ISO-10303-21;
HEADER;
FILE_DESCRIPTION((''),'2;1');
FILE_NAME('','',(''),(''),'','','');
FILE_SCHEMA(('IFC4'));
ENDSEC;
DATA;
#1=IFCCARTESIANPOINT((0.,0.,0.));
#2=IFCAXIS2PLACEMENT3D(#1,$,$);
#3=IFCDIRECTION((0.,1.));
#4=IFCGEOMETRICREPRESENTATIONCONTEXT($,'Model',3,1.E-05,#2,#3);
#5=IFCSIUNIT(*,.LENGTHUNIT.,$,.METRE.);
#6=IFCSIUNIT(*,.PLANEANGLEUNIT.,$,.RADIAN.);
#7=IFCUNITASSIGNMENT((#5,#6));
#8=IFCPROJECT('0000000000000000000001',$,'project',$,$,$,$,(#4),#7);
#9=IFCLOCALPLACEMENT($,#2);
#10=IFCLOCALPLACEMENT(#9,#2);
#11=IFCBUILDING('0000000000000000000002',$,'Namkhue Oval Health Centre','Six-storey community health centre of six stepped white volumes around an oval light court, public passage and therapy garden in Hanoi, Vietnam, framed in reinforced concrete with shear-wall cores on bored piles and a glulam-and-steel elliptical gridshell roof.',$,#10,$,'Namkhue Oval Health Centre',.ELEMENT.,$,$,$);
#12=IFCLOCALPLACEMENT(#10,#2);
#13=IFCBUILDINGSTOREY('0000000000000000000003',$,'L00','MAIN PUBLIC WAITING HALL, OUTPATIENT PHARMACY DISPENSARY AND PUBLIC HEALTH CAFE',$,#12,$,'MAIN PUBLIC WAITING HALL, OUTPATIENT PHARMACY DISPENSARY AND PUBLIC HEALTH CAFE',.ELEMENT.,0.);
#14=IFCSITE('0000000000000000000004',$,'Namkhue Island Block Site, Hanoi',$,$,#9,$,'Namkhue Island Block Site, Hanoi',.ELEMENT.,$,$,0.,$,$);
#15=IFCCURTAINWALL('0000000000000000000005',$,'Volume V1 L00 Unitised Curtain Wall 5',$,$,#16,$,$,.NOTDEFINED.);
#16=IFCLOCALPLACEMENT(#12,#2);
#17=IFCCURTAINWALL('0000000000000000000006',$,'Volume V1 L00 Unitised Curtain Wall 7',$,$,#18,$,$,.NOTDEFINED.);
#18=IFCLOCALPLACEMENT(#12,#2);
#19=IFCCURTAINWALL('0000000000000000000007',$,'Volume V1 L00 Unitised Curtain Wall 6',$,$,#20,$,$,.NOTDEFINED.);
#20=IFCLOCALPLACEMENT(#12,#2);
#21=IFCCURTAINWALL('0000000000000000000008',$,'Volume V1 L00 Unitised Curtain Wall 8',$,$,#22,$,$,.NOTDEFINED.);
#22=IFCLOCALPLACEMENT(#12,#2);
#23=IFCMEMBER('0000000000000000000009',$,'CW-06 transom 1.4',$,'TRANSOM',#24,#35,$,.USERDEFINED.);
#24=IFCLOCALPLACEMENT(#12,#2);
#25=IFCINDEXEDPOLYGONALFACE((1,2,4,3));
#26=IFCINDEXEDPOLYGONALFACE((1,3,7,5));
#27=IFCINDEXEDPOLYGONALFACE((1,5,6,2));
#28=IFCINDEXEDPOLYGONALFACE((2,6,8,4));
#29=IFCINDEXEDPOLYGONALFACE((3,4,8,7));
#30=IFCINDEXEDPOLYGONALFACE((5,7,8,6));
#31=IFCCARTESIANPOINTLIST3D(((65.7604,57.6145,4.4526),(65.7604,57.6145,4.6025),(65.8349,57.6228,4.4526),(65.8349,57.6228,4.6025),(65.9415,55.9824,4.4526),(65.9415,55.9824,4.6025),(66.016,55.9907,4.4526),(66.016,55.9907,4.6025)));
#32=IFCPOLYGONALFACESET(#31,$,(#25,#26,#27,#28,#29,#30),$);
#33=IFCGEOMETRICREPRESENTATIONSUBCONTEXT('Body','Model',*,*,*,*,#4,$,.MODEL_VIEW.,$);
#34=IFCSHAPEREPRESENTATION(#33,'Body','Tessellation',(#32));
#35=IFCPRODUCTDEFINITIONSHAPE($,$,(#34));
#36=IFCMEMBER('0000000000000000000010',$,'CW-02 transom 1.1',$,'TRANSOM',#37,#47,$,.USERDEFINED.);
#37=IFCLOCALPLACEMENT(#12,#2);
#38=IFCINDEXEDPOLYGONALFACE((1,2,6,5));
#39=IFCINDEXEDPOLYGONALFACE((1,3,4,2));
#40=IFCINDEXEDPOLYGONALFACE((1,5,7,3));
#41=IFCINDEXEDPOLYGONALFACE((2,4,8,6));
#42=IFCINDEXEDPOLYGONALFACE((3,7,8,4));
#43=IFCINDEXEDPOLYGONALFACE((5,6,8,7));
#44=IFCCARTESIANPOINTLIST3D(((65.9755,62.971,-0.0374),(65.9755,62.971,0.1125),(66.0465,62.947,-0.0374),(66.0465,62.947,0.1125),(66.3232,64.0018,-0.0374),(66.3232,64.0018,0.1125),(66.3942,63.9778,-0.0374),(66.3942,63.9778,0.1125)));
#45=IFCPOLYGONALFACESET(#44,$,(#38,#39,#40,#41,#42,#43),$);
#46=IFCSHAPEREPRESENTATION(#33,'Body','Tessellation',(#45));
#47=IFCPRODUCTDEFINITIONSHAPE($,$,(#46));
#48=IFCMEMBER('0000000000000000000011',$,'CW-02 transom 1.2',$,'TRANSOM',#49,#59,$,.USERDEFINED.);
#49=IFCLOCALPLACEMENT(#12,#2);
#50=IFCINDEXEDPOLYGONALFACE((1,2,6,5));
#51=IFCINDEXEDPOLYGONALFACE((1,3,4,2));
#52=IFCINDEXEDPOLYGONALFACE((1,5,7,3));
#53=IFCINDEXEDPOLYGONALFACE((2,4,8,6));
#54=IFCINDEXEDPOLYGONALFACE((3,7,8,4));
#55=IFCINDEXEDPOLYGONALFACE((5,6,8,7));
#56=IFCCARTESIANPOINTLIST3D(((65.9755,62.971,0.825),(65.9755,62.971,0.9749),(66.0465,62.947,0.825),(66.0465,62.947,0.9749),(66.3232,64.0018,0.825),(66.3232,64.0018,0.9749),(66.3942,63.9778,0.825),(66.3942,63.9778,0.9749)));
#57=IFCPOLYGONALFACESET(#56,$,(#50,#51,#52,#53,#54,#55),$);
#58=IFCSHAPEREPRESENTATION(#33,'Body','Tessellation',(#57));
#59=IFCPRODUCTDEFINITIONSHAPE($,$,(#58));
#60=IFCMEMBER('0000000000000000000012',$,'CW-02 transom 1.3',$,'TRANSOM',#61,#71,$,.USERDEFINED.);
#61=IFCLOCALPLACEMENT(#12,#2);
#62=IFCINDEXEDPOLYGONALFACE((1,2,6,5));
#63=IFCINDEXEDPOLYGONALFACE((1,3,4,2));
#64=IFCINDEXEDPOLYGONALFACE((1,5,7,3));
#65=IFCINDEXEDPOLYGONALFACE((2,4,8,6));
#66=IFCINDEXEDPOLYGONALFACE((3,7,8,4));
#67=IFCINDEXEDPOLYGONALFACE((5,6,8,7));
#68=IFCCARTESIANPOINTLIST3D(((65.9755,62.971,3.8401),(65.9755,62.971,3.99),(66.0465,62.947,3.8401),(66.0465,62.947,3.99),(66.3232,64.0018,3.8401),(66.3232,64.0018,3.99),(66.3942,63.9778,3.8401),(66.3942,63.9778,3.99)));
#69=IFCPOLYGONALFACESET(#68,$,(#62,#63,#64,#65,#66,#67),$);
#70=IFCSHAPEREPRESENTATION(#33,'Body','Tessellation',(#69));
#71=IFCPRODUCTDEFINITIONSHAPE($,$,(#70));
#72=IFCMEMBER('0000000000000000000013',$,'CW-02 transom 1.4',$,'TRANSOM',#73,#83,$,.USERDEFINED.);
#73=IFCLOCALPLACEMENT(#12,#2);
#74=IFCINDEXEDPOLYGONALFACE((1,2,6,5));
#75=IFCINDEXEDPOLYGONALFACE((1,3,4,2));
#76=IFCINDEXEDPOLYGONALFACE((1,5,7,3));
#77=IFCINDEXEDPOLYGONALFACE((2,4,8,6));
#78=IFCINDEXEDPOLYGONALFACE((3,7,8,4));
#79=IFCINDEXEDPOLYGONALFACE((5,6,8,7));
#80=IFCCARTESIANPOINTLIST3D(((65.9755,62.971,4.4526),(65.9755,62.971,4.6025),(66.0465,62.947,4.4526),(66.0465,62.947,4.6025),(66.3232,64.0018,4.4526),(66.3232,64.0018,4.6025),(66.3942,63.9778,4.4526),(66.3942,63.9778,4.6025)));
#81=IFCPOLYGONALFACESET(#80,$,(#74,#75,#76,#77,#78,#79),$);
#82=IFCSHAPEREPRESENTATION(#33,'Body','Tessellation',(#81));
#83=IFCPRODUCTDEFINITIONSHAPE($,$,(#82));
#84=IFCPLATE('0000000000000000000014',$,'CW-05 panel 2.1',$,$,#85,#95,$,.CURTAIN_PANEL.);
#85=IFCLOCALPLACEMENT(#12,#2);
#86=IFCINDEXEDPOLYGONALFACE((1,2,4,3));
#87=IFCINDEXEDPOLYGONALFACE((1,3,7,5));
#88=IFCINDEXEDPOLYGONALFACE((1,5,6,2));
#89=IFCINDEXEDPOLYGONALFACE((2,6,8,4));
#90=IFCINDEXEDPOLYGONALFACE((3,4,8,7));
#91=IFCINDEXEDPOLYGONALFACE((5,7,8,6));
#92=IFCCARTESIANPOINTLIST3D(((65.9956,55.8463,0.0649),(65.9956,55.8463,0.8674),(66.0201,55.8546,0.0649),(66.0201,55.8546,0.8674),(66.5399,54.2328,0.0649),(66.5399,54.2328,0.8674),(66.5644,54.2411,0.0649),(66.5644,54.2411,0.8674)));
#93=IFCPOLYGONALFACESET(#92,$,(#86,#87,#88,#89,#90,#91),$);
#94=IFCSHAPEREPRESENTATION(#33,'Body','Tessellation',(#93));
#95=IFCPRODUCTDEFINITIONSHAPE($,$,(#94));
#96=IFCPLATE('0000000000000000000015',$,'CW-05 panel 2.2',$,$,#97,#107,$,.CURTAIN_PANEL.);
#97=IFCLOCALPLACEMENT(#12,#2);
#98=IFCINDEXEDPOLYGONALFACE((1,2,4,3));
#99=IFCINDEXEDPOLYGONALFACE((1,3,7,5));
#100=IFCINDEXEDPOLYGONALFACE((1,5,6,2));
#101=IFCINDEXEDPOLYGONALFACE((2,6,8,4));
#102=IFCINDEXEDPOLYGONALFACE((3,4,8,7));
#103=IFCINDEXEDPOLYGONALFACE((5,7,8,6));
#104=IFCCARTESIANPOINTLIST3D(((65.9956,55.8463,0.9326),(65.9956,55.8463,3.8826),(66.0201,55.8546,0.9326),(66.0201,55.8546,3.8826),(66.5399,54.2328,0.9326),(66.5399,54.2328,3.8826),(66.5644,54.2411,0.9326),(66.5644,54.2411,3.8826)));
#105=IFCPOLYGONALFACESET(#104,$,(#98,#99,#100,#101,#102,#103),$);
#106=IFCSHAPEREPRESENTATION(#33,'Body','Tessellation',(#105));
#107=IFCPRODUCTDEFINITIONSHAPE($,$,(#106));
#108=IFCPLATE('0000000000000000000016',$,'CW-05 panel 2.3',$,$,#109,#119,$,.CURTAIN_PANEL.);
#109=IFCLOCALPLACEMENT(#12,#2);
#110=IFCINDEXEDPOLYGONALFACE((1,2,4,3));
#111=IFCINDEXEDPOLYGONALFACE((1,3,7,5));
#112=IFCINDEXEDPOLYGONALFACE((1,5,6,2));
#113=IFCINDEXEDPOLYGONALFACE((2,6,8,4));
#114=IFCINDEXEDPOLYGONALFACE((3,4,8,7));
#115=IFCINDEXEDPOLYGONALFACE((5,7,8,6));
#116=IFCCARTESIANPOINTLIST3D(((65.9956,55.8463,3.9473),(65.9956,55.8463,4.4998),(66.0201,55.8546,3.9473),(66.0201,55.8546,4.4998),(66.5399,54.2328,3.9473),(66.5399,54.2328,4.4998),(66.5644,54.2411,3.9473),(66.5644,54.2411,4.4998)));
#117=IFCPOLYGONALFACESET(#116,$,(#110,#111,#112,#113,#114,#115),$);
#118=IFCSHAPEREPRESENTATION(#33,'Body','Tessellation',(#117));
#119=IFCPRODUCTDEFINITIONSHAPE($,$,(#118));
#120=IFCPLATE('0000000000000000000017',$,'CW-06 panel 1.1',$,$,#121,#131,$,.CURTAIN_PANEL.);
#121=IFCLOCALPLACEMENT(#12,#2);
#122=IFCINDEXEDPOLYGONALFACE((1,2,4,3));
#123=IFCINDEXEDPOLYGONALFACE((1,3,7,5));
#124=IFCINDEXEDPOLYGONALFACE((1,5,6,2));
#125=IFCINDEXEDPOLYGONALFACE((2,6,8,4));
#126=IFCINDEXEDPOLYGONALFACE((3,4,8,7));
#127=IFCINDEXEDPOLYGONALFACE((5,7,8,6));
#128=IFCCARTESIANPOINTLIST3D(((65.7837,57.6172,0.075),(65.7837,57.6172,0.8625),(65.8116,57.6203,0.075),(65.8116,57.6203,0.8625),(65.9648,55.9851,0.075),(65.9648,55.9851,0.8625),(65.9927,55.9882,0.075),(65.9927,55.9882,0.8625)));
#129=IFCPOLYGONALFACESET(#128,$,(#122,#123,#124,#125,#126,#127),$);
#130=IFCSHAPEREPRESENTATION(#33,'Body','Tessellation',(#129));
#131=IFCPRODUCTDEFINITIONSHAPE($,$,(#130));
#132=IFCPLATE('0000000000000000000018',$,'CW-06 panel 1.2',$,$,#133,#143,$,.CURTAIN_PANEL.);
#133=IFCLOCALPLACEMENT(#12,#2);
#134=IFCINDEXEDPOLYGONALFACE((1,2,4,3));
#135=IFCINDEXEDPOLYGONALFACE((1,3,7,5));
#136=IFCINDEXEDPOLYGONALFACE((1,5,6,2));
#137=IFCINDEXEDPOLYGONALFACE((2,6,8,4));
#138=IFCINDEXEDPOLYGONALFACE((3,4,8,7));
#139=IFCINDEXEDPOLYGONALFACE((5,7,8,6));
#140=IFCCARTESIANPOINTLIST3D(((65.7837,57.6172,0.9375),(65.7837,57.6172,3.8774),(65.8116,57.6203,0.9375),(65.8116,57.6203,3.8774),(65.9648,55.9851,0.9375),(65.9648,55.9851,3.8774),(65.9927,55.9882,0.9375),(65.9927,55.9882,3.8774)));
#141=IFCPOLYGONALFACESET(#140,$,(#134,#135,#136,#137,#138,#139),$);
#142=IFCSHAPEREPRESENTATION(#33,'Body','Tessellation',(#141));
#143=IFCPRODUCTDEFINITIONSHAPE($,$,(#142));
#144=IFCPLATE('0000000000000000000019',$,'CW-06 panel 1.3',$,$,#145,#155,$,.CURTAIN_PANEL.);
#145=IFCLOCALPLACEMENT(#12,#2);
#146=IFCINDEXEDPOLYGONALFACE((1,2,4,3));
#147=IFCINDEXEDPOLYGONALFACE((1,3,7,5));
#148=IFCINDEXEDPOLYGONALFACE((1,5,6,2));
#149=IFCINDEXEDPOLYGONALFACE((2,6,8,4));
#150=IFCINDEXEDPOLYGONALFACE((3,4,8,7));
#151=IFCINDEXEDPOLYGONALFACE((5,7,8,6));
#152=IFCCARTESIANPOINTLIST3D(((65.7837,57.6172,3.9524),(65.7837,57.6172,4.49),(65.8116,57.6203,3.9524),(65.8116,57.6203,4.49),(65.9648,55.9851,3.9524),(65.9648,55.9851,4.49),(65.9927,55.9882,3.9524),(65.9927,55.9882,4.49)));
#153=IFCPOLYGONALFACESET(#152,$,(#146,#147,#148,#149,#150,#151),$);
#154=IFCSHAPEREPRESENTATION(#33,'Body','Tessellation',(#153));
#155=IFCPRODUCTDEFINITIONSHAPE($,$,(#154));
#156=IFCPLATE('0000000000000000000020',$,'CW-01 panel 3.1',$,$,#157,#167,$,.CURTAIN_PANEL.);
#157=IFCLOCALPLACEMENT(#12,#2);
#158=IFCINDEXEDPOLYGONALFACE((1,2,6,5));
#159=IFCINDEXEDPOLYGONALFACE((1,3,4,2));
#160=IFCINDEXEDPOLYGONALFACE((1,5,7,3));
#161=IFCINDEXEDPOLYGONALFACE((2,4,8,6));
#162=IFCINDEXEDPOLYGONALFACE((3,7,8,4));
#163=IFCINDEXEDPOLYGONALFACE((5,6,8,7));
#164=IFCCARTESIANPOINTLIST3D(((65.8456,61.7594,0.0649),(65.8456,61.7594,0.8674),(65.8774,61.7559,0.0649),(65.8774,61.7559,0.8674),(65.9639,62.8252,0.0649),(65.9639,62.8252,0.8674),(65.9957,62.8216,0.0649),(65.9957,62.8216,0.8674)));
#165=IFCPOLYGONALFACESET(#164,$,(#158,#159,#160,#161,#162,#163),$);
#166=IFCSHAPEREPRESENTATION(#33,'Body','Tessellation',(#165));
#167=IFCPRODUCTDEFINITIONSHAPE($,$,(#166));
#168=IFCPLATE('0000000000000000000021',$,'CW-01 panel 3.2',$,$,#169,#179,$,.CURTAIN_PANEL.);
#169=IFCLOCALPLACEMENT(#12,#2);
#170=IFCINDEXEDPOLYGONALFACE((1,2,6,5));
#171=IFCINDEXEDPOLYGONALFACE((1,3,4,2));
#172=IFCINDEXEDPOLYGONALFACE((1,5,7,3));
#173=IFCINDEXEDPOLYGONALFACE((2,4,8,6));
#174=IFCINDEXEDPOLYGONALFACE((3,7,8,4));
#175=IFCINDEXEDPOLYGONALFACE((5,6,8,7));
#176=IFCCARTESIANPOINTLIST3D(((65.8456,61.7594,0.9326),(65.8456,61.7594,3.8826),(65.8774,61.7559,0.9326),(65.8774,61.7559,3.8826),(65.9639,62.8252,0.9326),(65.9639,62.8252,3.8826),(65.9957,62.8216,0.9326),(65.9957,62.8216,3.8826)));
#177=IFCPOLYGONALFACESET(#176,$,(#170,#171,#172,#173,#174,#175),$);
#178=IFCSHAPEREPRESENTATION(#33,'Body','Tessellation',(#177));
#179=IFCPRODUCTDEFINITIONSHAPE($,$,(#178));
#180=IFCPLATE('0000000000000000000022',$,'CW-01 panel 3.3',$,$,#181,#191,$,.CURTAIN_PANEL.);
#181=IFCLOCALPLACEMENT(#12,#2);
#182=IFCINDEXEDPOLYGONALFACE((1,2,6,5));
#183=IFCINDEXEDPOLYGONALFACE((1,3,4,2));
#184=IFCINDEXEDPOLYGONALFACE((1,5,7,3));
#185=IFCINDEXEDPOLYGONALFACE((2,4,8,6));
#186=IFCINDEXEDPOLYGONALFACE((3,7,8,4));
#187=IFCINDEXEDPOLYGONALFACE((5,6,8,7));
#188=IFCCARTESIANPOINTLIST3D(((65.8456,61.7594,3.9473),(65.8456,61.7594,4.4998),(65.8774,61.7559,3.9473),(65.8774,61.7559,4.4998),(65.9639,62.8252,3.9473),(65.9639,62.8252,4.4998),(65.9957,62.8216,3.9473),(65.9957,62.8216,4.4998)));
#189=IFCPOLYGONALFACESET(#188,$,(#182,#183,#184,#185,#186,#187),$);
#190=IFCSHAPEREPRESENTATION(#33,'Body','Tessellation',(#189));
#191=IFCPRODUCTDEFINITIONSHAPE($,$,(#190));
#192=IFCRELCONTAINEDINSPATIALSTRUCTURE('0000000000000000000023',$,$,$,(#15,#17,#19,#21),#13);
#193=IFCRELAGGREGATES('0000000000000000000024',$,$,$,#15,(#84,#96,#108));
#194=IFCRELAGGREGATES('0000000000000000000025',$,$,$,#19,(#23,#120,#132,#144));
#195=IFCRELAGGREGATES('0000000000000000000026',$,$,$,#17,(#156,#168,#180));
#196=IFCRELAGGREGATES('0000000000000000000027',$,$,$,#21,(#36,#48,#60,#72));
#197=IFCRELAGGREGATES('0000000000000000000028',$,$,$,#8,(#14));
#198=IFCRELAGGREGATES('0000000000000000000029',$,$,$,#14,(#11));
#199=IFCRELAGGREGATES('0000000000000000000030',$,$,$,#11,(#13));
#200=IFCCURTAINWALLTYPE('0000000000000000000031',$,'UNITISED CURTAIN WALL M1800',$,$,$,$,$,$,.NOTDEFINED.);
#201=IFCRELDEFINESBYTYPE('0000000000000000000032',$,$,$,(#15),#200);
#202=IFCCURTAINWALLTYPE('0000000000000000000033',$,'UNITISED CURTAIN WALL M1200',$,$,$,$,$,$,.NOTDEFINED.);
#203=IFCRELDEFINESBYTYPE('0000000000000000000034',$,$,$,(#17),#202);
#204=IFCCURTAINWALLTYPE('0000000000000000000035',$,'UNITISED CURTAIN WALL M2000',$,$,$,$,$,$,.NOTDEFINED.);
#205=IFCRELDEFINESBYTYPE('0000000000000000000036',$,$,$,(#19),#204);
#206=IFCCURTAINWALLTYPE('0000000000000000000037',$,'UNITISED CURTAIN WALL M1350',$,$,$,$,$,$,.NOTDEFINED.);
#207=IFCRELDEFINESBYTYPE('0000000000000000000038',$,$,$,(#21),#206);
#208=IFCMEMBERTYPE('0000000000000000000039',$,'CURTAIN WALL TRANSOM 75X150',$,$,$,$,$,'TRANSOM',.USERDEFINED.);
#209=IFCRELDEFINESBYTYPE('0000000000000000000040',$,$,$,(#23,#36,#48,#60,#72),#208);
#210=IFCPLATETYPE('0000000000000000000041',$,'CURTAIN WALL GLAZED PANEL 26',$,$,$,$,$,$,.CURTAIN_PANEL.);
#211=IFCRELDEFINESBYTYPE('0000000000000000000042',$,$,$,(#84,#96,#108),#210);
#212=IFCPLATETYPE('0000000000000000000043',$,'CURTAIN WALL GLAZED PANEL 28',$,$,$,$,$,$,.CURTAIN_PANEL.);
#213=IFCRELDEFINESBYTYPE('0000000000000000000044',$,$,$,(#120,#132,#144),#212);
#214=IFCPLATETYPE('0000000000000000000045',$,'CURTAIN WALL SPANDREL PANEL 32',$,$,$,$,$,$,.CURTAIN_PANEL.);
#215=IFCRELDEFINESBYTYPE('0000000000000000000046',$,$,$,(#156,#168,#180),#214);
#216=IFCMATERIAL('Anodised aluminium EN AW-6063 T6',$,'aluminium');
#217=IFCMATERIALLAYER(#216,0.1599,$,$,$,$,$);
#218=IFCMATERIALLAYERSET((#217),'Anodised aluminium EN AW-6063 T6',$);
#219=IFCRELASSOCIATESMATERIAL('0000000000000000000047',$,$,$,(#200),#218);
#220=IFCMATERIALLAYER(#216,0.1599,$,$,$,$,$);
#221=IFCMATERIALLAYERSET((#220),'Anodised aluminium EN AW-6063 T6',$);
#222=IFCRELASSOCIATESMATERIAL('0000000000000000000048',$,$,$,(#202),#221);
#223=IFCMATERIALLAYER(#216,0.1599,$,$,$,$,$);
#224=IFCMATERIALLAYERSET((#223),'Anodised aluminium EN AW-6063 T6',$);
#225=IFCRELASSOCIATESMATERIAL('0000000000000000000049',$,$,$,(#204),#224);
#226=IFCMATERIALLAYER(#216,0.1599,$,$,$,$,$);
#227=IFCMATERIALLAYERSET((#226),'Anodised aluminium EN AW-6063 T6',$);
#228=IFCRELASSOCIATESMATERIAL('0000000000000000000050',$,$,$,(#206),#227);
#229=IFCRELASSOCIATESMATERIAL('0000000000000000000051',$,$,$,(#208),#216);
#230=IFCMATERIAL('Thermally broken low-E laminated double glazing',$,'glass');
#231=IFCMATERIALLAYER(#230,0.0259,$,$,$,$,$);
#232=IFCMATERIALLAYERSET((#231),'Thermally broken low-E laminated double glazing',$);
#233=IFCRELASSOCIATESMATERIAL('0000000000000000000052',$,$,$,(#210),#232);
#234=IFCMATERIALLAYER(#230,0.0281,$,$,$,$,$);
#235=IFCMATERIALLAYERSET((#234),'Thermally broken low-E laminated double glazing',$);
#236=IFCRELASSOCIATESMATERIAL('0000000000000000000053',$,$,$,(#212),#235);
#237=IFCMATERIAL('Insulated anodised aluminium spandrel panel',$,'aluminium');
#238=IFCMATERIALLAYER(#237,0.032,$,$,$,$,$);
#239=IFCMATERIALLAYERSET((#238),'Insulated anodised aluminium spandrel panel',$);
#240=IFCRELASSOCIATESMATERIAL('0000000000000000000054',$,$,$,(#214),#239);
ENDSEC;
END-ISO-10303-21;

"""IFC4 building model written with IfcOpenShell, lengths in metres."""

from ifc_helpers import new_model, si_unit, direction, frame, origin, origin_2d, place, context, subcontext, project, spatial, rectangle, extrude, material, layer, layer_set, material_profile, profile_set, type_object, element, aggregate, save


model = new_model("IFC4")

# Units and contexts
model_context = context("Model", 3, precision=1e-05, world=origin(), true_north=direction((0.0, 1.0)))
body_context = subcontext(model_context, "Body", "Model", "MODEL_VIEW")
ifc_project = project(units=[si_unit("LENGTHUNIT", "METRE"), si_unit("PLANEANGLEUNIT", "RADIAN")], contexts=[model_context])

# Site, building, storey
site_placement = place(None, origin())
site = spatial("IfcSite", under=ifc_project, at=site_placement, Name="Namkhue Island Block Site, Hanoi", LongName="Namkhue Island Block Site, Hanoi", CompositionType="ELEMENT", RefElevation=0.0)
building_placement = place(site_placement, origin())
building = spatial("IfcBuilding", under=site, at=building_placement, Name="Namkhue Oval Health Centre", Description="Six-storey community health centre of six stepped white volumes around an oval light court, public passage and therapy garden in Hanoi, Vietnam, framed in reinforced concrete with shear-wall cores on bored piles and a glulam-and-steel elliptical gridshell roof.", LongName="Namkhue Oval Health Centre", CompositionType="ELEMENT")
storey_placement = place(building_placement, origin())
storey = spatial("IfcBuildingStorey", under=building, at=storey_placement, Name="L00", Description="MAIN PUBLIC WAITING HALL, OUTPATIENT PHARMACY DISPENSARY AND PUBLIC HEALTH CAFE", LongName="MAIN PUBLIC WAITING HALL, OUTPATIENT PHARMACY DISPENSARY AND PUBLIC HEALTH CAFE", CompositionType="ELEMENT", Elevation=0.0)

# Curtain walls
ifc_material_1 = material(Name="Anodised aluminium EN AW-6063 T6", Category="aluminium")
ifc_layer_1 = layer(ifc_material_1, 0.1599)
ifc_layer_set_1 = layer_set([ifc_layer_1], Name="Anodised aluminium EN AW-6063 T6")
curtain_wall_type_1 = type_object("IfcCurtainWallType", Name="UNITISED CURTAIN WALL M1800", PredefinedType="NOTDEFINED", material=ifc_layer_set_1)
curtain_wall_1_placement = place(storey_placement, origin())
curtain_wall_1 = element("IfcCurtainWall", 1, at=curtain_wall_1_placement, inside=storey, type_object=curtain_wall_type_1, Name="Volume V1 L00 Unitised Curtain Wall 5", PredefinedType="NOTDEFINED")
ifc_layer_2 = layer(ifc_material_1, 0.1599)
ifc_layer_set_2 = layer_set([ifc_layer_2], Name="Anodised aluminium EN AW-6063 T6")
curtain_wall_type_2 = type_object("IfcCurtainWallType", Name="UNITISED CURTAIN WALL M1200", PredefinedType="NOTDEFINED", material=ifc_layer_set_2)
curtain_wall_2_placement = place(storey_placement, origin())
curtain_wall_2 = element("IfcCurtainWall", 2, at=curtain_wall_2_placement, inside=storey, type_object=curtain_wall_type_2, Name="Volume V1 L00 Unitised Curtain Wall 7", PredefinedType="NOTDEFINED")
ifc_layer_3 = layer(ifc_material_1, 0.1599)
ifc_layer_set_3 = layer_set([ifc_layer_3], Name="Anodised aluminium EN AW-6063 T6")
curtain_wall_type_3 = type_object("IfcCurtainWallType", Name="UNITISED CURTAIN WALL M2000", PredefinedType="NOTDEFINED", material=ifc_layer_set_3)
curtain_wall_3_placement = place(storey_placement, origin())
curtain_wall_3 = element("IfcCurtainWall", 3, at=curtain_wall_3_placement, inside=storey, type_object=curtain_wall_type_3, Name="Volume V1 L00 Unitised Curtain Wall 6", PredefinedType="NOTDEFINED")
ifc_layer_4 = layer(ifc_material_1, 0.1599)
ifc_layer_set_4 = layer_set([ifc_layer_4], Name="Anodised aluminium EN AW-6063 T6")
curtain_wall_type_4 = type_object("IfcCurtainWallType", Name="UNITISED CURTAIN WALL M1350", PredefinedType="NOTDEFINED", material=ifc_layer_set_4)
curtain_wall_4_placement = place(storey_placement, origin())
curtain_wall_4 = element("IfcCurtainWall", 4, at=curtain_wall_4_placement, inside=storey, type_object=curtain_wall_type_4, Name="Volume V1 L00 Unitised Curtain Wall 8", PredefinedType="NOTDEFINED")

# Members
ifc_material_profile_1 = material_profile(ifc_material_1, rectangle(XDim=0.075, YDim=0.1499, at=origin_2d()), Name="ALU 75x150")
ifc_profile_set_1 = profile_set([ifc_material_profile_1], Name="Anodised aluminium EN AW-6063 T6")
member_type_1 = type_object("IfcMemberType", Name="CURTAIN WALL TRANSOM 75X150", ElementType="TRANSOM", PredefinedType="USERDEFINED", material=ifc_profile_set_1)
member_1_placement = place(storey_placement, frame((65.9788, 55.9866, 4.5276), z_axis=(-0.110317, 0.993896, 0.0), x_axis=(-0.993896, -0.110317, 0.0)))
member_1 = element("IfcMember", 5, at=member_1_placement, type_object=member_type_1, Name="CW-06 transom 1.4", ObjectType="TRANSOM", PredefinedType="USERDEFINED", context=body_context, shape_type="SweptSolid", body=[
    extrude(rectangle(XDim=0.075, YDim=0.1499, at=origin_2d()), origin(), (0.0, 0.0, 1.0), 1.6421),
])
member_2_placement = place(storey_placement, frame((66.011, 62.959, 0.0376), z_axis=(0.319592, 0.947555, 0.0), x_axis=(-0.947555, 0.319592, 0.0)))
member_2 = element("IfcMember", 6, at=member_2_placement, type_object=member_type_1, Name="CW-02 transom 1.1", ObjectType="TRANSOM", PredefinedType="USERDEFINED", context=body_context, shape_type="SweptSolid", body=[
    extrude(rectangle(XDim=0.075, YDim=0.1499, at=origin_2d()), origin(), (0.0, 0.0, 1.0), 1.0879),
])
member_3_placement = place(storey_placement, frame((66.011, 62.959, 0.8999), z_axis=(0.319592, 0.947555, 0.0), x_axis=(-0.947555, 0.319592, 0.0)))
member_3 = element("IfcMember", 7, at=member_3_placement, type_object=member_type_1, Name="CW-02 transom 1.2", ObjectType="TRANSOM", PredefinedType="USERDEFINED", context=body_context, shape_type="SweptSolid", body=[
    extrude(rectangle(XDim=0.075, YDim=0.1499, at=origin_2d()), origin(), (0.0, 0.0, 1.0), 1.0879),
])
member_4_placement = place(storey_placement, frame((66.011, 62.959, 3.915), z_axis=(0.319592, 0.947555, 0.0), x_axis=(-0.947555, 0.319592, 0.0)))
member_4 = element("IfcMember", 8, at=member_4_placement, type_object=member_type_1, Name="CW-02 transom 1.3", ObjectType="TRANSOM", PredefinedType="USERDEFINED", context=body_context, shape_type="SweptSolid", body=[
    extrude(rectangle(XDim=0.075, YDim=0.1499, at=origin_2d()), origin(), (0.0, 0.0, 1.0), 1.0879),
])
member_5_placement = place(storey_placement, frame((66.011, 62.959, 4.5276), z_axis=(0.319592, 0.947555, 0.0), x_axis=(-0.947555, 0.319592, 0.0)))
member_5 = element("IfcMember", 9, at=member_5_placement, type_object=member_type_1, Name="CW-02 transom 1.4", ObjectType="TRANSOM", PredefinedType="USERDEFINED", context=body_context, shape_type="SweptSolid", body=[
    extrude(rectangle(XDim=0.075, YDim=0.1499, at=origin_2d()), origin(), (0.0, 0.0, 1.0), 1.0879),
])

# Plates
ifc_material_2 = material(Name="Thermally broken low-E laminated double glazing", Category="glass")
ifc_layer_5 = layer(ifc_material_2, 0.0259)
ifc_layer_set_5 = layer_set([ifc_layer_5], Name="Thermally broken low-E laminated double glazing")
plate_type_1 = type_object("IfcPlateType", Name="CURTAIN WALL GLAZED PANEL 26", PredefinedType="CURTAIN_PANEL", material=ifc_layer_set_5)
plate_1_placement = place(storey_placement, frame((66.28, 55.0437, 0.0649), z_axis=(0.0, 0.0, 1.0), x_axis=(-0.319642, 0.947539, 0.0)))
plate_1 = element("IfcPlate", 10, at=plate_1_placement, type_object=plate_type_1, Name="CW-05 panel 2.1", PredefinedType="CURTAIN_PANEL", context=body_context, shape_type="SweptSolid", body=[
    extrude(rectangle(XDim=1.7029, YDim=0.0259, at=origin_2d()), origin(), (0.0, 0.0, 1.0), 0.8025),
])
plate_2_placement = place(storey_placement, frame((66.28, 55.0437, 0.9326), z_axis=(0.0, 0.0, 1.0), x_axis=(-0.319642, 0.947539, 0.0)))
plate_2 = element("IfcPlate", 11, at=plate_2_placement, type_object=plate_type_1, Name="CW-05 panel 2.2", PredefinedType="CURTAIN_PANEL", context=body_context, shape_type="SweptSolid", body=[
    extrude(rectangle(XDim=1.7029, YDim=0.0259, at=origin_2d()), origin(), (0.0, 0.0, 1.0), 2.95),
])
plate_3_placement = place(storey_placement, frame((66.28, 55.0437, 3.9473), z_axis=(0.0, 0.0, 1.0), x_axis=(-0.319642, 0.947539, 0.0)))
plate_3 = element("IfcPlate", 12, at=plate_3_placement, type_object=plate_type_1, Name="CW-05 panel 2.3", PredefinedType="CURTAIN_PANEL", context=body_context, shape_type="SweptSolid", body=[
    extrude(rectangle(XDim=1.7029, YDim=0.0259, at=origin_2d()), origin(), (0.0, 0.0, 1.0), 0.5525),
])
aggregate(curtain_wall_1, [plate_1, plate_2, plate_3])
ifc_layer_6 = layer(ifc_material_2, 0.0281)
ifc_layer_set_6 = layer_set([ifc_layer_6], Name="Thermally broken low-E laminated double glazing")
plate_type_2 = type_object("IfcPlateType", Name="CURTAIN WALL GLAZED PANEL 28", PredefinedType="CURTAIN_PANEL", material=ifc_layer_set_6)
plate_4_placement = place(storey_placement, frame((65.8882, 56.8027, 0.075), z_axis=(0.0, 0.0, 1.0), x_axis=(-0.110275, 0.993901, 0.0)))
plate_4 = element("IfcPlate", 13, at=plate_4_placement, type_object=plate_type_2, Name="CW-06 panel 1.1", PredefinedType="CURTAIN_PANEL", context=body_context, shape_type="SweptSolid", body=[
    extrude(rectangle(XDim=1.6421, YDim=0.0281, at=origin_2d()), origin(), (0.0, 0.0, 1.0), 0.7876),
])
plate_5_placement = place(storey_placement, frame((65.8882, 56.8027, 0.9375), z_axis=(0.0, 0.0, 1.0), x_axis=(-0.110275, 0.993901, 0.0)))
plate_5 = element("IfcPlate", 14, at=plate_5_placement, type_object=plate_type_2, Name="CW-06 panel 1.2", PredefinedType="CURTAIN_PANEL", context=body_context, shape_type="SweptSolid", body=[
    extrude(rectangle(XDim=1.6421, YDim=0.0281, at=origin_2d()), origin(), (0.0, 0.0, 1.0), 2.9399),
])
plate_6_placement = place(storey_placement, frame((65.8882, 56.8027, 3.9524), z_axis=(0.0, 0.0, 1.0), x_axis=(-0.110275, 0.993901, 0.0)))
plate_6 = element("IfcPlate", 15, at=plate_6_placement, type_object=plate_type_2, Name="CW-06 panel 1.3", PredefinedType="CURTAIN_PANEL", context=body_context, shape_type="SweptSolid", body=[
    extrude(rectangle(XDim=1.6421, YDim=0.0281, at=origin_2d()), origin(), (0.0, 0.0, 1.0), 0.5376),
])
aggregate(curtain_wall_3, [member_1, plate_4, plate_5, plate_6])
ifc_material_3 = material(Name="Insulated anodised aluminium spandrel panel", Category="aluminium")
ifc_layer_7 = layer(ifc_material_3, 0.032)
ifc_layer_set_7 = layer_set([ifc_layer_7], Name="Insulated anodised aluminium spandrel panel")
plate_type_3 = type_object("IfcPlateType", Name="CURTAIN WALL SPANDREL PANEL 32", PredefinedType="CURTAIN_PANEL", material=ifc_layer_set_7)
plate_7_placement = place(storey_placement, frame((65.9207, 62.2905, 0.0649), z_axis=(0.0, 0.0, 1.0), x_axis=(0.110275, 0.993901, 0.0)))
plate_7 = element("IfcPlate", 16, at=plate_7_placement, type_object=plate_type_3, Name="CW-01 panel 3.1", PredefinedType="CURTAIN_PANEL", context=body_context, shape_type="SweptSolid", body=[
    extrude(rectangle(XDim=1.0723, YDim=0.032, at=origin_2d()), origin(), (0.0, 0.0, 1.0), 0.8025),
])
plate_8_placement = place(storey_placement, frame((65.9207, 62.2905, 0.9326), z_axis=(0.0, 0.0, 1.0), x_axis=(0.110275, 0.993901, 0.0)))
plate_8 = element("IfcPlate", 17, at=plate_8_placement, type_object=plate_type_3, Name="CW-01 panel 3.2", PredefinedType="CURTAIN_PANEL", context=body_context, shape_type="SweptSolid", body=[
    extrude(rectangle(XDim=1.0723, YDim=0.032, at=origin_2d()), origin(), (0.0, 0.0, 1.0), 2.95),
])
plate_9_placement = place(storey_placement, frame((65.9207, 62.2905, 3.9473), z_axis=(0.0, 0.0, 1.0), x_axis=(0.110275, 0.993901, 0.0)))
plate_9 = element("IfcPlate", 18, at=plate_9_placement, type_object=plate_type_3, Name="CW-01 panel 3.3", PredefinedType="CURTAIN_PANEL", context=body_context, shape_type="SweptSolid", body=[
    extrude(rectangle(XDim=1.0723, YDim=0.032, at=origin_2d()), origin(), (0.0, 0.0, 1.0), 0.5525),
])
aggregate(curtain_wall_2, [plate_7, plate_8, plate_9])
aggregate(curtain_wall_4, [member_2, member_3, member_4, member_5])

save(model, "model.ifc")
